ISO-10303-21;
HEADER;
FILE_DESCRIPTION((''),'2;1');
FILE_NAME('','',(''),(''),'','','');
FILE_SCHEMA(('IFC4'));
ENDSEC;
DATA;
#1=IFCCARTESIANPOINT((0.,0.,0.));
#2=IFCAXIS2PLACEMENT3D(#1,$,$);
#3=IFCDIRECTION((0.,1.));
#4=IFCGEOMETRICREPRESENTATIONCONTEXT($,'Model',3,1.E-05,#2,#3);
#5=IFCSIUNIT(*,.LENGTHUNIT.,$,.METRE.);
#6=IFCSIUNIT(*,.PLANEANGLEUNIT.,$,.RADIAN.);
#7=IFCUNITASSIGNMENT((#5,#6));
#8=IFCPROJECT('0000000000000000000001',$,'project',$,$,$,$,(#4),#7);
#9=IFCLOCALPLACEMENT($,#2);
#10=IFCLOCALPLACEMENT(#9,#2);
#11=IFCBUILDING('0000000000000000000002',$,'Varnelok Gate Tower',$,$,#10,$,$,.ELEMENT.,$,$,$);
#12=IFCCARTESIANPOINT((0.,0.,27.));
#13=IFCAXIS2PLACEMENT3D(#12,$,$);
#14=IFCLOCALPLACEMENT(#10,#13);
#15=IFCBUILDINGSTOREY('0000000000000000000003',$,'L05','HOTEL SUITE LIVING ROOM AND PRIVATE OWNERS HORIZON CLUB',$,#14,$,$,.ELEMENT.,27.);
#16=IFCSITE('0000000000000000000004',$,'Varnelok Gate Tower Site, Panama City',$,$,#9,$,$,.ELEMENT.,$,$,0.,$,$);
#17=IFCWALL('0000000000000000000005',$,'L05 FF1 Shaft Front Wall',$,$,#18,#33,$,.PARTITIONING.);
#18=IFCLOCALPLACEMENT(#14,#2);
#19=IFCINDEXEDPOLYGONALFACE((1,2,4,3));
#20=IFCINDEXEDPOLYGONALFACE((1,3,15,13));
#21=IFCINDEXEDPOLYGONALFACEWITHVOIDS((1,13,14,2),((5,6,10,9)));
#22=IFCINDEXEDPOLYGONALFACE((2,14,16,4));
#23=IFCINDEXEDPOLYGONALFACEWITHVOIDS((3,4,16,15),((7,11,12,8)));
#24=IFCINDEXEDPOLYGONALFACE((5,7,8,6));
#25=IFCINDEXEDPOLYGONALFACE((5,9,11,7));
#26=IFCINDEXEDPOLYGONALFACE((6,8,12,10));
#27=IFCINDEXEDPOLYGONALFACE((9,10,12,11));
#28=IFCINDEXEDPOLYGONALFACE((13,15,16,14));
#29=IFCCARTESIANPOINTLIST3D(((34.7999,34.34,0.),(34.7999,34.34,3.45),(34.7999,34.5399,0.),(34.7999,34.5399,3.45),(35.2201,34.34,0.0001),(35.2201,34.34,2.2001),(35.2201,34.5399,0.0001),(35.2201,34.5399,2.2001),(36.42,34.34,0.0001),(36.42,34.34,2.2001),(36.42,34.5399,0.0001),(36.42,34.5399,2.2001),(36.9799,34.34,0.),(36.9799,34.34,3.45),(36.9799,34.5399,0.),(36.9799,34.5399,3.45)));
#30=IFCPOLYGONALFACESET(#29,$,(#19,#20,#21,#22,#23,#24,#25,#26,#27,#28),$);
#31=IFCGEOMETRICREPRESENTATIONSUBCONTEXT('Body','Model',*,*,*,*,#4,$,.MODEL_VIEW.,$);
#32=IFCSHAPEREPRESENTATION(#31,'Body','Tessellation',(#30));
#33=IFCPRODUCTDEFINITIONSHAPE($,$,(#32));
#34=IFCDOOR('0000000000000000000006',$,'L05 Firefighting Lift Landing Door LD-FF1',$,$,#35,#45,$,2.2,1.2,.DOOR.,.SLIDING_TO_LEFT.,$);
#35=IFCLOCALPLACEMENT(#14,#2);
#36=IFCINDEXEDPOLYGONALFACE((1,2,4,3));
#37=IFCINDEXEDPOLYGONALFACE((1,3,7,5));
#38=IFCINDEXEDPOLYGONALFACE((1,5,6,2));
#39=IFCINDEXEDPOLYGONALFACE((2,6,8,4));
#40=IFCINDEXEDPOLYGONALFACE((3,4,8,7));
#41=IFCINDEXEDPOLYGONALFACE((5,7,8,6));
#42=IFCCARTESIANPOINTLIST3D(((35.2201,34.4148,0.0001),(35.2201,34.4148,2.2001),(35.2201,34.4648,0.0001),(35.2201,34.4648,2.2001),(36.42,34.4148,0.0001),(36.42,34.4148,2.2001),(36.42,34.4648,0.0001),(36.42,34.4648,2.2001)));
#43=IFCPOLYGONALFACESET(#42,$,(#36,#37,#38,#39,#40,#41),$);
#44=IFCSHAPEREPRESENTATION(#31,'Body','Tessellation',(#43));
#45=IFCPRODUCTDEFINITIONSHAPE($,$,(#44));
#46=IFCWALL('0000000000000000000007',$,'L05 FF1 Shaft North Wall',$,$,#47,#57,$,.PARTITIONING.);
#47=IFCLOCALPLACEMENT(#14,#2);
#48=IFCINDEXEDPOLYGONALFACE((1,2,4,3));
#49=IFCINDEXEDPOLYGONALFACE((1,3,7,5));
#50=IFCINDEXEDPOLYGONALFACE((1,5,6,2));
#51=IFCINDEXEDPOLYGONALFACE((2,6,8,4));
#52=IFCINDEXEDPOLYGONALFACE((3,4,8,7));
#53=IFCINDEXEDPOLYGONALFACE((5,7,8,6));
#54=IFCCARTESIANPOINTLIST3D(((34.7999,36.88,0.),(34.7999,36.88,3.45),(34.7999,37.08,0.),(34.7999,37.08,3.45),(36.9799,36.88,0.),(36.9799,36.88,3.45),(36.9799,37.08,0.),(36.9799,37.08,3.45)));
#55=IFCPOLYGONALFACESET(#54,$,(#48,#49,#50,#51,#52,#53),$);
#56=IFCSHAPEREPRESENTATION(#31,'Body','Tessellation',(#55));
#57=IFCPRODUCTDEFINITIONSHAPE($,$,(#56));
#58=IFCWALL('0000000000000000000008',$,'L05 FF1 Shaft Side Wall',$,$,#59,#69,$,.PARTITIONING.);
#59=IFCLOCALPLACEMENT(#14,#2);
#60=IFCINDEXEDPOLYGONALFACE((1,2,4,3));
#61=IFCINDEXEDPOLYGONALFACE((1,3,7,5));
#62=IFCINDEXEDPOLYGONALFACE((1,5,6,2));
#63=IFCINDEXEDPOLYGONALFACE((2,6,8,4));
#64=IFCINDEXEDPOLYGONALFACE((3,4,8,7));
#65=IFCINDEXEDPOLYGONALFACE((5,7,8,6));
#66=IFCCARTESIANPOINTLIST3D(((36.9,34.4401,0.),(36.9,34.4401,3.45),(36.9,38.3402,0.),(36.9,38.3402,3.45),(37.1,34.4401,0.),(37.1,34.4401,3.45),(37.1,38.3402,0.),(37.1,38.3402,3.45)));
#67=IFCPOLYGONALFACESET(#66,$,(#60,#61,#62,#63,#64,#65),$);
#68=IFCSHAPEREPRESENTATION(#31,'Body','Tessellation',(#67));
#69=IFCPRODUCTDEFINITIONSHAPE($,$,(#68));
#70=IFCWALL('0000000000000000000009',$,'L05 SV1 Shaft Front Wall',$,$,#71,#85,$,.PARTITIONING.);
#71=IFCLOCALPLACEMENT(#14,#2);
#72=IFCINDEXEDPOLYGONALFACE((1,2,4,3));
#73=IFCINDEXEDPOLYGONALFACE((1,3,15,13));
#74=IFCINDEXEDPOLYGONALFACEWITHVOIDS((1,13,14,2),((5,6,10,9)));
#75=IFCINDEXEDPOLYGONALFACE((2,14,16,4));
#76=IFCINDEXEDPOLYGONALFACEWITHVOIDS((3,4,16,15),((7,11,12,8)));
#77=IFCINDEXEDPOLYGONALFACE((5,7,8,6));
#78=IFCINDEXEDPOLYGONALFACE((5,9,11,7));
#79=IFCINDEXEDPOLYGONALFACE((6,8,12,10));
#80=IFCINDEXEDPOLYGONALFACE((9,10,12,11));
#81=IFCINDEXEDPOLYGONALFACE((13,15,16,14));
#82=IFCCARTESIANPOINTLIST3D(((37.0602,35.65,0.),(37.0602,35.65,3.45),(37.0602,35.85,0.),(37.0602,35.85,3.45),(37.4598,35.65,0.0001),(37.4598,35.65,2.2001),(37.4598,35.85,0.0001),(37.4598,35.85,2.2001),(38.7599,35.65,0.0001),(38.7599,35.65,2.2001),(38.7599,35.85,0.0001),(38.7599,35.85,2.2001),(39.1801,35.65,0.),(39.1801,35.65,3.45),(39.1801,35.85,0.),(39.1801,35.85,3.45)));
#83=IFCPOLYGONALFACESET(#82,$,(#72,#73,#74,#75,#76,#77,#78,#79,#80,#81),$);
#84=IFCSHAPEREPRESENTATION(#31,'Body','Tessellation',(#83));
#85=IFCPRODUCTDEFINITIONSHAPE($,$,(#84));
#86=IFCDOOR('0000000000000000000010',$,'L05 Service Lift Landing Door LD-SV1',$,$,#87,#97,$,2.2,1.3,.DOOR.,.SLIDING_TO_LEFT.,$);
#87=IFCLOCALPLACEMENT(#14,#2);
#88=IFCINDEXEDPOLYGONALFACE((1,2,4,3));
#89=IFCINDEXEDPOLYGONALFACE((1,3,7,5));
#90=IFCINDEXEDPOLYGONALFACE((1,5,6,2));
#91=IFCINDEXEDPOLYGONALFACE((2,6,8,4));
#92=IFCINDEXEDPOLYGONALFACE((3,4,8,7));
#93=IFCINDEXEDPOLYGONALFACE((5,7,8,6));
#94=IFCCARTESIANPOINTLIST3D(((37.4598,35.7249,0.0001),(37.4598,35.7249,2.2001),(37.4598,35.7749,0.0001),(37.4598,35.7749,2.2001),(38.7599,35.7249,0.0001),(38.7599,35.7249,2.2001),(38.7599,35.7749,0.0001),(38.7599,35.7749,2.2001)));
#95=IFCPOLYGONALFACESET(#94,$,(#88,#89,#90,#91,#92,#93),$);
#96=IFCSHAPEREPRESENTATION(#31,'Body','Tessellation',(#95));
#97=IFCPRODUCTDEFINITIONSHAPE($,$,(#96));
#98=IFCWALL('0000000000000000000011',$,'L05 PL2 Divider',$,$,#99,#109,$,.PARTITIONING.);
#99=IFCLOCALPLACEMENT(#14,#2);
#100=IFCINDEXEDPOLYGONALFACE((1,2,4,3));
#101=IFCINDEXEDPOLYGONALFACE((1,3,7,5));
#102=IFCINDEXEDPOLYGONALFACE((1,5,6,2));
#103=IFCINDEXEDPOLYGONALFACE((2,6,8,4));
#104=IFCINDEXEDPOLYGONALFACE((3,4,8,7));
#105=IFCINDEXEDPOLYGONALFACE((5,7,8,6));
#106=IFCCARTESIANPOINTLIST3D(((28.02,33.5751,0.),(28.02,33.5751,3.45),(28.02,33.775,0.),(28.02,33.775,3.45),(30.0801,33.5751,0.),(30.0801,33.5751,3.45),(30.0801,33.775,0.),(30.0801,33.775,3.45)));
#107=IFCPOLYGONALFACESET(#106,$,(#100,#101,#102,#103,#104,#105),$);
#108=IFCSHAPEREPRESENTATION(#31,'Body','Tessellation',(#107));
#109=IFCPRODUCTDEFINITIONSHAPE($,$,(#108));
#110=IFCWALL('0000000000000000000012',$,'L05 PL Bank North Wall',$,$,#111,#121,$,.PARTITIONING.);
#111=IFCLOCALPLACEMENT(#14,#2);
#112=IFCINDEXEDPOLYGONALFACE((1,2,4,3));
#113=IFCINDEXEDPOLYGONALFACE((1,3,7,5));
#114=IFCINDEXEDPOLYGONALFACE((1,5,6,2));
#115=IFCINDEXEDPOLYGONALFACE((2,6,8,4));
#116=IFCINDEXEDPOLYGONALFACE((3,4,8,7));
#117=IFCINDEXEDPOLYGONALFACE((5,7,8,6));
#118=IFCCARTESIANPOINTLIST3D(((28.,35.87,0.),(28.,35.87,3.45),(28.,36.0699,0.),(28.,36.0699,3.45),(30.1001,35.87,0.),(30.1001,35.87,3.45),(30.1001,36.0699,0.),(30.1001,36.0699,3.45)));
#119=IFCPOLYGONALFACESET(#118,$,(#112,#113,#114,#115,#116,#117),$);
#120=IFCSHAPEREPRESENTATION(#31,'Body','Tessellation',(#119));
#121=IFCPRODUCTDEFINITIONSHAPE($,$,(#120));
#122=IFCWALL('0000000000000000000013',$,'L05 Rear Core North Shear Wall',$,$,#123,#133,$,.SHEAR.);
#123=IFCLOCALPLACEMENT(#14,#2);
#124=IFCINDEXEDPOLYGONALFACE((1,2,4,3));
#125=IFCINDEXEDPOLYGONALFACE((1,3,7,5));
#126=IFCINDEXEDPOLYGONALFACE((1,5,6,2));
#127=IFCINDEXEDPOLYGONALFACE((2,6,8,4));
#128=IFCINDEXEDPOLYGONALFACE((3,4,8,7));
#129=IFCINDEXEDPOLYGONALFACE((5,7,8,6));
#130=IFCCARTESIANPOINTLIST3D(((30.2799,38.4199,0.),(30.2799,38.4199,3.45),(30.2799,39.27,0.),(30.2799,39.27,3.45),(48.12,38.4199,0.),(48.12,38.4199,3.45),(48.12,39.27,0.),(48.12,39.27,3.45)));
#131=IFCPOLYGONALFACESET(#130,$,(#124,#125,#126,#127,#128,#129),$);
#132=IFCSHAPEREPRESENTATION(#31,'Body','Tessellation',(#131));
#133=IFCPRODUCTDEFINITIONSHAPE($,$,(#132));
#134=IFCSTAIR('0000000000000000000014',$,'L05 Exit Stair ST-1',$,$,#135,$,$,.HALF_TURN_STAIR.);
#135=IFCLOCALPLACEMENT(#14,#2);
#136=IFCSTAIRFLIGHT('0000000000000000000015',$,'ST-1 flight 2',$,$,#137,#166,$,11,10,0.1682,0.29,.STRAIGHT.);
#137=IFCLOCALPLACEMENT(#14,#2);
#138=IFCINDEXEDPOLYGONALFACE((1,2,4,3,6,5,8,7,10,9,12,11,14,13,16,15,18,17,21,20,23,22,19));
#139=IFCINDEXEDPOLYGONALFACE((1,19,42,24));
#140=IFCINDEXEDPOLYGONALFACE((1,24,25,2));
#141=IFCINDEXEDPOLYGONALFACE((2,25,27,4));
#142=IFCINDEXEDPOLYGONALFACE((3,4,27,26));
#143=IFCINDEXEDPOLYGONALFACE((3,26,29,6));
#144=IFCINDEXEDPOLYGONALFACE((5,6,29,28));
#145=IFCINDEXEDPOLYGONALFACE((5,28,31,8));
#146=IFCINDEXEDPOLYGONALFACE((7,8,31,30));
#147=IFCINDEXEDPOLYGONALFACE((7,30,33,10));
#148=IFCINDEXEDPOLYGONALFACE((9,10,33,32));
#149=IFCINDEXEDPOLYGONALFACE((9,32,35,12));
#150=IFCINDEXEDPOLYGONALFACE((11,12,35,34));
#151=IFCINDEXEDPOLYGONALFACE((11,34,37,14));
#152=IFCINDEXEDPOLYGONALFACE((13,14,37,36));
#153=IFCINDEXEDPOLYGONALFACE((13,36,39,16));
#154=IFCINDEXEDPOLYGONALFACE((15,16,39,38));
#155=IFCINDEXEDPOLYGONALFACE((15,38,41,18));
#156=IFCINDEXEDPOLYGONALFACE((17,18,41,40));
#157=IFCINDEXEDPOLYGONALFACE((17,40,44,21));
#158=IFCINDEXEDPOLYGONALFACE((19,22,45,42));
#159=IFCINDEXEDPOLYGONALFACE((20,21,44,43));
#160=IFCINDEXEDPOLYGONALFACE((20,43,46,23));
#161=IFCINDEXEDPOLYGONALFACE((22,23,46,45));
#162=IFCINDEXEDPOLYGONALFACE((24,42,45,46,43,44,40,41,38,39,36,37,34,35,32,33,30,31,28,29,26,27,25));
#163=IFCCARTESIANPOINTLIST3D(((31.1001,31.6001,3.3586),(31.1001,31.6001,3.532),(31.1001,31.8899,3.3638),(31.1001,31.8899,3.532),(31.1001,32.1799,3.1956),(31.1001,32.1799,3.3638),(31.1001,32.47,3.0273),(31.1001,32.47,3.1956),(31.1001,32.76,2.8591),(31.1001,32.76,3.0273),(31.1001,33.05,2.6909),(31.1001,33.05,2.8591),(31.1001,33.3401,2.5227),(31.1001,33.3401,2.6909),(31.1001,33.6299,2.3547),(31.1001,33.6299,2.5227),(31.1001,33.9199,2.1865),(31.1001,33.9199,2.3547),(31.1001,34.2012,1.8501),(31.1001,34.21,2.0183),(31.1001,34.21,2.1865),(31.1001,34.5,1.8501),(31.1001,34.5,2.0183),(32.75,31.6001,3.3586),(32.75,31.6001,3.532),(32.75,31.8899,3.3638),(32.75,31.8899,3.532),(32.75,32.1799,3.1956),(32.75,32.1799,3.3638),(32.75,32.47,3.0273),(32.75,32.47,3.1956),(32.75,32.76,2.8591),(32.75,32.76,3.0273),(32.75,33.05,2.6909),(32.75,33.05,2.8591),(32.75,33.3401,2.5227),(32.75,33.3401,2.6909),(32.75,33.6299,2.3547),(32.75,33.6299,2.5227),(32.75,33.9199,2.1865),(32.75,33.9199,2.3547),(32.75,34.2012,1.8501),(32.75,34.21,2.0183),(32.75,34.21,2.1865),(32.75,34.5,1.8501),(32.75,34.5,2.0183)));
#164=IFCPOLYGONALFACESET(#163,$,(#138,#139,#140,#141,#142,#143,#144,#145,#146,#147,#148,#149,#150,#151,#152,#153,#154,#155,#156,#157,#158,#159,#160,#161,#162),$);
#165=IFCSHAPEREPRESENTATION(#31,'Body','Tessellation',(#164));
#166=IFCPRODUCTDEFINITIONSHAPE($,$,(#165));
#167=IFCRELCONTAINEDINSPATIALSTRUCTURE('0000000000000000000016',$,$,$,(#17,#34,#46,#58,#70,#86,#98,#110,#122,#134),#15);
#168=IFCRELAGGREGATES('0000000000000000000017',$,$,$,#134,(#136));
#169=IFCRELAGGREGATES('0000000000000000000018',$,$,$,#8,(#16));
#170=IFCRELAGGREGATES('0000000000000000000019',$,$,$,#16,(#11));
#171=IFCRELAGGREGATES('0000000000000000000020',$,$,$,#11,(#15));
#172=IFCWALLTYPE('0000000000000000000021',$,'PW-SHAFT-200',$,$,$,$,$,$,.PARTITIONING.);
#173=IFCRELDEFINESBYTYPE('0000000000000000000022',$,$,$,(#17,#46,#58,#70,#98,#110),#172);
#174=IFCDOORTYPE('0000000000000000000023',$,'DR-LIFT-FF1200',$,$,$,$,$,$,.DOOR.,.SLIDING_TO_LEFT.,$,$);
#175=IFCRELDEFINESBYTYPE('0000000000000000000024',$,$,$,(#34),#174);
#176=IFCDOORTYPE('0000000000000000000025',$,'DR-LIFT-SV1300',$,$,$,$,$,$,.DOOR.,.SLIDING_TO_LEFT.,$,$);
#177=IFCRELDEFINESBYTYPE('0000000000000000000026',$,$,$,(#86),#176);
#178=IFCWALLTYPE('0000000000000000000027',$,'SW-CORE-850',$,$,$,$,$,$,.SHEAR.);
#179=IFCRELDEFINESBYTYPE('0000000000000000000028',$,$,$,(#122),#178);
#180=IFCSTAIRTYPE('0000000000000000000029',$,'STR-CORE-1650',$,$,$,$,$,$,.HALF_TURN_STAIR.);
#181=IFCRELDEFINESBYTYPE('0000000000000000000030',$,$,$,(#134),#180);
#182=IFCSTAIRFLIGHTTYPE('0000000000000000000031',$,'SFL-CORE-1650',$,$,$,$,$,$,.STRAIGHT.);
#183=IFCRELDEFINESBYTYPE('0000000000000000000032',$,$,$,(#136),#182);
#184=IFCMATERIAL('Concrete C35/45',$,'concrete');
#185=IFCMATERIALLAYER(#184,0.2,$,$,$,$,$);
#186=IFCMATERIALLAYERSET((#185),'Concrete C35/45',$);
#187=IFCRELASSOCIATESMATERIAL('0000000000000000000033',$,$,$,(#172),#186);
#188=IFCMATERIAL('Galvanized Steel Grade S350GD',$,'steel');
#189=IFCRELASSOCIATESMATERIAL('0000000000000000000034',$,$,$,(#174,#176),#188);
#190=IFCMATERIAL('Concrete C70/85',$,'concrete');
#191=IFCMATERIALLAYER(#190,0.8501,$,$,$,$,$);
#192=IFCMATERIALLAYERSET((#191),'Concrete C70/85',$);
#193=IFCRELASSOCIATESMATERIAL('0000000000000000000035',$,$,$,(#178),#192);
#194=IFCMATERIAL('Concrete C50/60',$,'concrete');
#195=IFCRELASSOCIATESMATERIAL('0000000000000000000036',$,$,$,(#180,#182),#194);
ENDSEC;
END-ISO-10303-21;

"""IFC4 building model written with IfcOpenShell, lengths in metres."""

from ifc_helpers import new_model, si_unit, direction, frame, frame_2d, origin, place, context, subcontext, project, spatial, polyline, rectangle, outline, extrude, material, layer, layer_set, type_object, element, fill, aggregate, save


model = new_model("IFC4")

# Units and contexts
model_context = context("Model", 3, precision=1e-05, world=origin(), true_north=direction((0.0, 1.0)))
body_context = subcontext(model_context, "Body", "Model", "MODEL_VIEW")
ifc_project = project(units=[si_unit("LENGTHUNIT", "METRE"), si_unit("PLANEANGLEUNIT", "RADIAN")], contexts=[model_context])

# Site, building, storey
site_placement = place(None, origin())
site = spatial("IfcSite", under=ifc_project, at=site_placement, Name="Varnelok Gate Tower Site, Panama City", CompositionType="ELEMENT", RefElevation=0.0)
building_placement = place(site_placement, origin())
building = spatial("IfcBuilding", under=site, at=building_placement, Name="Varnelok Gate Tower", CompositionType="ELEMENT")
storey_placement = place(building_placement, frame((0.0, 0.0, 27.0)))
storey = spatial("IfcBuildingStorey", under=building, at=storey_placement, Name="L05", Description="HOTEL SUITE LIVING ROOM AND PRIVATE OWNERS HORIZON CLUB", CompositionType="ELEMENT", Elevation=27.0)

# Wall, opening, door
ifc_material_1 = material(Name="Concrete C35/45", Category="concrete")
ifc_layer_1 = layer(ifc_material_1, 0.2)
ifc_layer_set_1 = layer_set([ifc_layer_1], Name="Concrete C35/45")
wall_type_1 = type_object("IfcWallType", Name="PW-SHAFT-200", PredefinedType="PARTITIONING", material=ifc_layer_set_1)
wall_1_placement = place(storey_placement, frame((34.8, 34.4399, 0.0), z_axis=(0.0, 0.0, 1.0), x_axis=(1.0, 0.0, 0.0)))
wall_1 = element("IfcWall", 1, at=wall_1_placement, inside=storey, type_object=wall_type_1, Name="L05 FF1 Shaft Front Wall", PredefinedType="PARTITIONING", context=body_context, shape_type="SweptSolid", body=[
    extrude(rectangle(XDim=2.1799, YDim=0.2, at=frame_2d((1.0898, 0.0))), origin(), (0.0, 0.0, 1.0), 3.45),
])
opening_1_placement = place(wall_1_placement, frame((0.4199, 0.0, 0.0)))
opening_1 = element("IfcOpeningElement", 2, at=opening_1_placement, cuts=wall_1, PredefinedType="OPENING", context=body_context, shape_type="SweptSolid", body=[
    extrude(rectangle(XDim=1.2, YDim=2.2, at=frame_2d((0.6001, 1.1001))), frame((0.0, 0.1099, 0.0), z_axis=(0.0, -1.0, 0.0), x_axis=(1.0, 0.0, 0.0)), (0.0, 0.0, 1.0), 0.22),
])
ifc_material_2 = material(Name="Galvanized Steel Grade S350GD", Category="steel")
door_type_1 = type_object("IfcDoorType", Name="DR-LIFT-FF1200", OperationType="SLIDING_TO_LEFT", PredefinedType="DOOR", material=ifc_material_2)
door_1_placement = place(opening_1_placement, origin())
door_1 = element("IfcDoor", 3, at=door_1_placement, inside=storey, type_object=door_type_1, Name="L05 Firefighting Lift Landing Door LD-FF1", OperationType="SLIDING_TO_LEFT", OverallHeight=2.2, OverallWidth=1.2, PredefinedType="DOOR", context=body_context, shape_type="SweptSolid", body=[
    extrude(rectangle(XDim=1.2, YDim=2.2, at=frame_2d((0.6001, 1.1001))), frame((0.0, 0.0249, 0.0), z_axis=(0.0, -1.0, 0.0), x_axis=(1.0, 0.0, 0.0)), (0.0, 0.0, 1.0), 0.05),
])
fill(opening_1, door_1)

# Walls
wall_2_placement = place(storey_placement, frame((34.8, 36.98, 0.0), z_axis=(0.0, 0.0, 1.0), x_axis=(1.0, 0.0, 0.0)))
element("IfcWall", 4, at=wall_2_placement, inside=storey, type_object=wall_type_1, Name="L05 FF1 Shaft North Wall", PredefinedType="PARTITIONING", context=body_context, shape_type="SweptSolid", body=[
    extrude(rectangle(XDim=2.1799, YDim=0.2, at=frame_2d((1.0898, 0.0))), origin(), (0.0, 0.0, 1.0), 3.45),
])
wall_3_placement = place(storey_placement, frame((37.0, 34.4399, 0.0), z_axis=(0.0, 0.0, 1.0), x_axis=(0.0, 1.0, 0.0)))
element("IfcWall", 5, at=wall_3_placement, inside=storey, type_object=wall_type_1, Name="L05 FF1 Shaft Side Wall", PredefinedType="PARTITIONING", context=body_context, shape_type="SweptSolid", body=[
    extrude(rectangle(XDim=3.9001, YDim=0.2, at=frame_2d((1.9502, 0.0))), origin(), (0.0, 0.0, 1.0), 3.45),
])

# Wall, opening, door
wall_4_placement = place(storey_placement, frame((37.0601, 35.75, 0.0), z_axis=(0.0, 0.0, 1.0), x_axis=(1.0, 0.0, 0.0)))
wall_4 = element("IfcWall", 6, at=wall_4_placement, inside=storey, type_object=wall_type_1, Name="L05 SV1 Shaft Front Wall", PredefinedType="PARTITIONING", context=body_context, shape_type="SweptSolid", body=[
    extrude(rectangle(XDim=2.1199, YDim=0.2, at=frame_2d((1.0601, 0.0))), origin(), (0.0, 0.0, 1.0), 3.45),
])
opening_2_placement = place(wall_4_placement, frame((0.3999, 0.0, 0.0)))
opening_2 = element("IfcOpeningElement", 7, at=opening_2_placement, cuts=wall_4, PredefinedType="OPENING", context=body_context, shape_type="SweptSolid", body=[
    extrude(rectangle(XDim=1.3, YDim=2.2, at=frame_2d((0.6499, 1.1001))), frame((0.0, 0.1099, 0.0), z_axis=(0.0, -1.0, 0.0), x_axis=(1.0, 0.0, 0.0)), (0.0, 0.0, 1.0), 0.22),
])
door_type_2 = type_object("IfcDoorType", Name="DR-LIFT-SV1300", OperationType="SLIDING_TO_LEFT", PredefinedType="DOOR", material=ifc_material_2)
door_2_placement = place(opening_2_placement, origin())
door_2 = element("IfcDoor", 8, at=door_2_placement, inside=storey, type_object=door_type_2, Name="L05 Service Lift Landing Door LD-SV1", OperationType="SLIDING_TO_LEFT", OverallHeight=2.2, OverallWidth=1.3, PredefinedType="DOOR", context=body_context, shape_type="SweptSolid", body=[
    extrude(rectangle(XDim=1.3, YDim=2.2, at=frame_2d((0.6499, 1.1001))), frame((0.0, 0.0249, 0.0), z_axis=(0.0, -1.0, 0.0), x_axis=(1.0, 0.0, 0.0)), (0.0, 0.0, 1.0), 0.05),
])
fill(opening_2, door_2)

# Walls
wall_5_placement = place(storey_placement, frame((28.02, 33.675, 0.0), z_axis=(0.0, 0.0, 1.0), x_axis=(1.0, 0.0, 0.0)))
element("IfcWall", 9, at=wall_5_placement, inside=storey, type_object=wall_type_1, Name="L05 PL2 Divider", PredefinedType="PARTITIONING", context=body_context, shape_type="SweptSolid", body=[
    extrude(rectangle(XDim=2.0601, YDim=0.2, at=frame_2d((1.03, 0.0))), origin(), (0.0, 0.0, 1.0), 3.45),
])
wall_6_placement = place(storey_placement, frame((28.0, 35.97, 0.0), z_axis=(0.0, 0.0, 1.0), x_axis=(1.0, 0.0, 0.0)))
element("IfcWall", 10, at=wall_6_placement, inside=storey, type_object=wall_type_1, Name="L05 PL Bank North Wall", PredefinedType="PARTITIONING", context=body_context, shape_type="SweptSolid", body=[
    extrude(rectangle(XDim=2.1001, YDim=0.2, at=frame_2d((1.05, 0.0))), origin(), (0.0, 0.0, 1.0), 3.45),
])
ifc_material_3 = material(Name="Concrete C70/85", Category="concrete")
ifc_layer_2 = layer(ifc_material_3, 0.8501)
ifc_layer_set_2 = layer_set([ifc_layer_2], Name="Concrete C70/85")
wall_type_2 = type_object("IfcWallType", Name="SW-CORE-850", PredefinedType="SHEAR", material=ifc_layer_set_2)
wall_7_placement = place(storey_placement, frame((30.28, 38.845, 0.0), z_axis=(0.0, 0.0, 1.0), x_axis=(1.0, 0.0, 0.0)))
element("IfcWall", 11, at=wall_7_placement, inside=storey, type_object=wall_type_2, Name="L05 Rear Core North Shear Wall", PredefinedType="SHEAR", context=body_context, shape_type="SweptSolid", body=[
    extrude(rectangle(XDim=17.8401, YDim=0.8501, at=frame_2d((8.9199, 0.0))), origin(), (0.0, 0.0, 1.0), 3.45),
])

# Stair, stair flight
ifc_material_4 = material(Name="Concrete C50/60", Category="concrete")
stair_type = type_object("IfcStairType", Name="STR-CORE-1650", PredefinedType="HALF_TURN_STAIR", material=ifc_material_4)
stair_placement = place(storey_placement, origin())
stair = element("IfcStair", 12, at=stair_placement, inside=storey, type_object=stair_type, Name="L05 Exit Stair ST-1", PredefinedType="HALF_TURN_STAIR")
stair_flight_type = type_object("IfcStairFlightType", Name="SFL-CORE-1650", PredefinedType="STRAIGHT", material=ifc_material_4)
stair_flight_placement = place(storey_placement, frame((31.925, 34.5, 1.8501), z_axis=(0.0, 0.0, 1.0), x_axis=(0.0, -1.0, 0.0)))
stair_flight = element("IfcStairFlight", 13, at=stair_flight_placement, type_object=stair_flight_type, Name="ST-1 flight 2", NumberOfRisers=11, NumberOfTreads=10, PredefinedType="STRAIGHT", RiserHeight=0.1682, TreadLength=0.29, context=body_context, shape_type="SweptSolid", body=[
    extrude(outline(polyline([(0.0, 0.0), (0.0, 0.1682), (0.29, 0.1682), (0.29, 0.3364), (0.5801, 0.3364), (0.5801, 0.5046), (0.8701, 0.5046), (0.8701, 0.6726), (1.1599, 0.6726), (1.1599, 0.8408), (1.45, 0.8408), (1.45, 1.009), (1.74, 1.009), (1.74, 1.1772), (2.03, 1.1772), (2.03, 1.3455), (2.3201, 1.3455), (2.3201, 1.5137), (2.6101, 1.5137), (2.6101, 1.6819), (2.8999, 1.6819), (2.8999, 1.8501), (2.8999, 1.5085), (0.2988, 0.0), (0.0, 0.0)])), frame((0.0, 0.825, 0.0), z_axis=(0.0, -1.0, 0.0), x_axis=(1.0, 0.0, 0.0)), (0.0, 0.0, 1.0), 1.6499),
])
aggregate(stair, [stair_flight])

save(model, "model.ifc")
